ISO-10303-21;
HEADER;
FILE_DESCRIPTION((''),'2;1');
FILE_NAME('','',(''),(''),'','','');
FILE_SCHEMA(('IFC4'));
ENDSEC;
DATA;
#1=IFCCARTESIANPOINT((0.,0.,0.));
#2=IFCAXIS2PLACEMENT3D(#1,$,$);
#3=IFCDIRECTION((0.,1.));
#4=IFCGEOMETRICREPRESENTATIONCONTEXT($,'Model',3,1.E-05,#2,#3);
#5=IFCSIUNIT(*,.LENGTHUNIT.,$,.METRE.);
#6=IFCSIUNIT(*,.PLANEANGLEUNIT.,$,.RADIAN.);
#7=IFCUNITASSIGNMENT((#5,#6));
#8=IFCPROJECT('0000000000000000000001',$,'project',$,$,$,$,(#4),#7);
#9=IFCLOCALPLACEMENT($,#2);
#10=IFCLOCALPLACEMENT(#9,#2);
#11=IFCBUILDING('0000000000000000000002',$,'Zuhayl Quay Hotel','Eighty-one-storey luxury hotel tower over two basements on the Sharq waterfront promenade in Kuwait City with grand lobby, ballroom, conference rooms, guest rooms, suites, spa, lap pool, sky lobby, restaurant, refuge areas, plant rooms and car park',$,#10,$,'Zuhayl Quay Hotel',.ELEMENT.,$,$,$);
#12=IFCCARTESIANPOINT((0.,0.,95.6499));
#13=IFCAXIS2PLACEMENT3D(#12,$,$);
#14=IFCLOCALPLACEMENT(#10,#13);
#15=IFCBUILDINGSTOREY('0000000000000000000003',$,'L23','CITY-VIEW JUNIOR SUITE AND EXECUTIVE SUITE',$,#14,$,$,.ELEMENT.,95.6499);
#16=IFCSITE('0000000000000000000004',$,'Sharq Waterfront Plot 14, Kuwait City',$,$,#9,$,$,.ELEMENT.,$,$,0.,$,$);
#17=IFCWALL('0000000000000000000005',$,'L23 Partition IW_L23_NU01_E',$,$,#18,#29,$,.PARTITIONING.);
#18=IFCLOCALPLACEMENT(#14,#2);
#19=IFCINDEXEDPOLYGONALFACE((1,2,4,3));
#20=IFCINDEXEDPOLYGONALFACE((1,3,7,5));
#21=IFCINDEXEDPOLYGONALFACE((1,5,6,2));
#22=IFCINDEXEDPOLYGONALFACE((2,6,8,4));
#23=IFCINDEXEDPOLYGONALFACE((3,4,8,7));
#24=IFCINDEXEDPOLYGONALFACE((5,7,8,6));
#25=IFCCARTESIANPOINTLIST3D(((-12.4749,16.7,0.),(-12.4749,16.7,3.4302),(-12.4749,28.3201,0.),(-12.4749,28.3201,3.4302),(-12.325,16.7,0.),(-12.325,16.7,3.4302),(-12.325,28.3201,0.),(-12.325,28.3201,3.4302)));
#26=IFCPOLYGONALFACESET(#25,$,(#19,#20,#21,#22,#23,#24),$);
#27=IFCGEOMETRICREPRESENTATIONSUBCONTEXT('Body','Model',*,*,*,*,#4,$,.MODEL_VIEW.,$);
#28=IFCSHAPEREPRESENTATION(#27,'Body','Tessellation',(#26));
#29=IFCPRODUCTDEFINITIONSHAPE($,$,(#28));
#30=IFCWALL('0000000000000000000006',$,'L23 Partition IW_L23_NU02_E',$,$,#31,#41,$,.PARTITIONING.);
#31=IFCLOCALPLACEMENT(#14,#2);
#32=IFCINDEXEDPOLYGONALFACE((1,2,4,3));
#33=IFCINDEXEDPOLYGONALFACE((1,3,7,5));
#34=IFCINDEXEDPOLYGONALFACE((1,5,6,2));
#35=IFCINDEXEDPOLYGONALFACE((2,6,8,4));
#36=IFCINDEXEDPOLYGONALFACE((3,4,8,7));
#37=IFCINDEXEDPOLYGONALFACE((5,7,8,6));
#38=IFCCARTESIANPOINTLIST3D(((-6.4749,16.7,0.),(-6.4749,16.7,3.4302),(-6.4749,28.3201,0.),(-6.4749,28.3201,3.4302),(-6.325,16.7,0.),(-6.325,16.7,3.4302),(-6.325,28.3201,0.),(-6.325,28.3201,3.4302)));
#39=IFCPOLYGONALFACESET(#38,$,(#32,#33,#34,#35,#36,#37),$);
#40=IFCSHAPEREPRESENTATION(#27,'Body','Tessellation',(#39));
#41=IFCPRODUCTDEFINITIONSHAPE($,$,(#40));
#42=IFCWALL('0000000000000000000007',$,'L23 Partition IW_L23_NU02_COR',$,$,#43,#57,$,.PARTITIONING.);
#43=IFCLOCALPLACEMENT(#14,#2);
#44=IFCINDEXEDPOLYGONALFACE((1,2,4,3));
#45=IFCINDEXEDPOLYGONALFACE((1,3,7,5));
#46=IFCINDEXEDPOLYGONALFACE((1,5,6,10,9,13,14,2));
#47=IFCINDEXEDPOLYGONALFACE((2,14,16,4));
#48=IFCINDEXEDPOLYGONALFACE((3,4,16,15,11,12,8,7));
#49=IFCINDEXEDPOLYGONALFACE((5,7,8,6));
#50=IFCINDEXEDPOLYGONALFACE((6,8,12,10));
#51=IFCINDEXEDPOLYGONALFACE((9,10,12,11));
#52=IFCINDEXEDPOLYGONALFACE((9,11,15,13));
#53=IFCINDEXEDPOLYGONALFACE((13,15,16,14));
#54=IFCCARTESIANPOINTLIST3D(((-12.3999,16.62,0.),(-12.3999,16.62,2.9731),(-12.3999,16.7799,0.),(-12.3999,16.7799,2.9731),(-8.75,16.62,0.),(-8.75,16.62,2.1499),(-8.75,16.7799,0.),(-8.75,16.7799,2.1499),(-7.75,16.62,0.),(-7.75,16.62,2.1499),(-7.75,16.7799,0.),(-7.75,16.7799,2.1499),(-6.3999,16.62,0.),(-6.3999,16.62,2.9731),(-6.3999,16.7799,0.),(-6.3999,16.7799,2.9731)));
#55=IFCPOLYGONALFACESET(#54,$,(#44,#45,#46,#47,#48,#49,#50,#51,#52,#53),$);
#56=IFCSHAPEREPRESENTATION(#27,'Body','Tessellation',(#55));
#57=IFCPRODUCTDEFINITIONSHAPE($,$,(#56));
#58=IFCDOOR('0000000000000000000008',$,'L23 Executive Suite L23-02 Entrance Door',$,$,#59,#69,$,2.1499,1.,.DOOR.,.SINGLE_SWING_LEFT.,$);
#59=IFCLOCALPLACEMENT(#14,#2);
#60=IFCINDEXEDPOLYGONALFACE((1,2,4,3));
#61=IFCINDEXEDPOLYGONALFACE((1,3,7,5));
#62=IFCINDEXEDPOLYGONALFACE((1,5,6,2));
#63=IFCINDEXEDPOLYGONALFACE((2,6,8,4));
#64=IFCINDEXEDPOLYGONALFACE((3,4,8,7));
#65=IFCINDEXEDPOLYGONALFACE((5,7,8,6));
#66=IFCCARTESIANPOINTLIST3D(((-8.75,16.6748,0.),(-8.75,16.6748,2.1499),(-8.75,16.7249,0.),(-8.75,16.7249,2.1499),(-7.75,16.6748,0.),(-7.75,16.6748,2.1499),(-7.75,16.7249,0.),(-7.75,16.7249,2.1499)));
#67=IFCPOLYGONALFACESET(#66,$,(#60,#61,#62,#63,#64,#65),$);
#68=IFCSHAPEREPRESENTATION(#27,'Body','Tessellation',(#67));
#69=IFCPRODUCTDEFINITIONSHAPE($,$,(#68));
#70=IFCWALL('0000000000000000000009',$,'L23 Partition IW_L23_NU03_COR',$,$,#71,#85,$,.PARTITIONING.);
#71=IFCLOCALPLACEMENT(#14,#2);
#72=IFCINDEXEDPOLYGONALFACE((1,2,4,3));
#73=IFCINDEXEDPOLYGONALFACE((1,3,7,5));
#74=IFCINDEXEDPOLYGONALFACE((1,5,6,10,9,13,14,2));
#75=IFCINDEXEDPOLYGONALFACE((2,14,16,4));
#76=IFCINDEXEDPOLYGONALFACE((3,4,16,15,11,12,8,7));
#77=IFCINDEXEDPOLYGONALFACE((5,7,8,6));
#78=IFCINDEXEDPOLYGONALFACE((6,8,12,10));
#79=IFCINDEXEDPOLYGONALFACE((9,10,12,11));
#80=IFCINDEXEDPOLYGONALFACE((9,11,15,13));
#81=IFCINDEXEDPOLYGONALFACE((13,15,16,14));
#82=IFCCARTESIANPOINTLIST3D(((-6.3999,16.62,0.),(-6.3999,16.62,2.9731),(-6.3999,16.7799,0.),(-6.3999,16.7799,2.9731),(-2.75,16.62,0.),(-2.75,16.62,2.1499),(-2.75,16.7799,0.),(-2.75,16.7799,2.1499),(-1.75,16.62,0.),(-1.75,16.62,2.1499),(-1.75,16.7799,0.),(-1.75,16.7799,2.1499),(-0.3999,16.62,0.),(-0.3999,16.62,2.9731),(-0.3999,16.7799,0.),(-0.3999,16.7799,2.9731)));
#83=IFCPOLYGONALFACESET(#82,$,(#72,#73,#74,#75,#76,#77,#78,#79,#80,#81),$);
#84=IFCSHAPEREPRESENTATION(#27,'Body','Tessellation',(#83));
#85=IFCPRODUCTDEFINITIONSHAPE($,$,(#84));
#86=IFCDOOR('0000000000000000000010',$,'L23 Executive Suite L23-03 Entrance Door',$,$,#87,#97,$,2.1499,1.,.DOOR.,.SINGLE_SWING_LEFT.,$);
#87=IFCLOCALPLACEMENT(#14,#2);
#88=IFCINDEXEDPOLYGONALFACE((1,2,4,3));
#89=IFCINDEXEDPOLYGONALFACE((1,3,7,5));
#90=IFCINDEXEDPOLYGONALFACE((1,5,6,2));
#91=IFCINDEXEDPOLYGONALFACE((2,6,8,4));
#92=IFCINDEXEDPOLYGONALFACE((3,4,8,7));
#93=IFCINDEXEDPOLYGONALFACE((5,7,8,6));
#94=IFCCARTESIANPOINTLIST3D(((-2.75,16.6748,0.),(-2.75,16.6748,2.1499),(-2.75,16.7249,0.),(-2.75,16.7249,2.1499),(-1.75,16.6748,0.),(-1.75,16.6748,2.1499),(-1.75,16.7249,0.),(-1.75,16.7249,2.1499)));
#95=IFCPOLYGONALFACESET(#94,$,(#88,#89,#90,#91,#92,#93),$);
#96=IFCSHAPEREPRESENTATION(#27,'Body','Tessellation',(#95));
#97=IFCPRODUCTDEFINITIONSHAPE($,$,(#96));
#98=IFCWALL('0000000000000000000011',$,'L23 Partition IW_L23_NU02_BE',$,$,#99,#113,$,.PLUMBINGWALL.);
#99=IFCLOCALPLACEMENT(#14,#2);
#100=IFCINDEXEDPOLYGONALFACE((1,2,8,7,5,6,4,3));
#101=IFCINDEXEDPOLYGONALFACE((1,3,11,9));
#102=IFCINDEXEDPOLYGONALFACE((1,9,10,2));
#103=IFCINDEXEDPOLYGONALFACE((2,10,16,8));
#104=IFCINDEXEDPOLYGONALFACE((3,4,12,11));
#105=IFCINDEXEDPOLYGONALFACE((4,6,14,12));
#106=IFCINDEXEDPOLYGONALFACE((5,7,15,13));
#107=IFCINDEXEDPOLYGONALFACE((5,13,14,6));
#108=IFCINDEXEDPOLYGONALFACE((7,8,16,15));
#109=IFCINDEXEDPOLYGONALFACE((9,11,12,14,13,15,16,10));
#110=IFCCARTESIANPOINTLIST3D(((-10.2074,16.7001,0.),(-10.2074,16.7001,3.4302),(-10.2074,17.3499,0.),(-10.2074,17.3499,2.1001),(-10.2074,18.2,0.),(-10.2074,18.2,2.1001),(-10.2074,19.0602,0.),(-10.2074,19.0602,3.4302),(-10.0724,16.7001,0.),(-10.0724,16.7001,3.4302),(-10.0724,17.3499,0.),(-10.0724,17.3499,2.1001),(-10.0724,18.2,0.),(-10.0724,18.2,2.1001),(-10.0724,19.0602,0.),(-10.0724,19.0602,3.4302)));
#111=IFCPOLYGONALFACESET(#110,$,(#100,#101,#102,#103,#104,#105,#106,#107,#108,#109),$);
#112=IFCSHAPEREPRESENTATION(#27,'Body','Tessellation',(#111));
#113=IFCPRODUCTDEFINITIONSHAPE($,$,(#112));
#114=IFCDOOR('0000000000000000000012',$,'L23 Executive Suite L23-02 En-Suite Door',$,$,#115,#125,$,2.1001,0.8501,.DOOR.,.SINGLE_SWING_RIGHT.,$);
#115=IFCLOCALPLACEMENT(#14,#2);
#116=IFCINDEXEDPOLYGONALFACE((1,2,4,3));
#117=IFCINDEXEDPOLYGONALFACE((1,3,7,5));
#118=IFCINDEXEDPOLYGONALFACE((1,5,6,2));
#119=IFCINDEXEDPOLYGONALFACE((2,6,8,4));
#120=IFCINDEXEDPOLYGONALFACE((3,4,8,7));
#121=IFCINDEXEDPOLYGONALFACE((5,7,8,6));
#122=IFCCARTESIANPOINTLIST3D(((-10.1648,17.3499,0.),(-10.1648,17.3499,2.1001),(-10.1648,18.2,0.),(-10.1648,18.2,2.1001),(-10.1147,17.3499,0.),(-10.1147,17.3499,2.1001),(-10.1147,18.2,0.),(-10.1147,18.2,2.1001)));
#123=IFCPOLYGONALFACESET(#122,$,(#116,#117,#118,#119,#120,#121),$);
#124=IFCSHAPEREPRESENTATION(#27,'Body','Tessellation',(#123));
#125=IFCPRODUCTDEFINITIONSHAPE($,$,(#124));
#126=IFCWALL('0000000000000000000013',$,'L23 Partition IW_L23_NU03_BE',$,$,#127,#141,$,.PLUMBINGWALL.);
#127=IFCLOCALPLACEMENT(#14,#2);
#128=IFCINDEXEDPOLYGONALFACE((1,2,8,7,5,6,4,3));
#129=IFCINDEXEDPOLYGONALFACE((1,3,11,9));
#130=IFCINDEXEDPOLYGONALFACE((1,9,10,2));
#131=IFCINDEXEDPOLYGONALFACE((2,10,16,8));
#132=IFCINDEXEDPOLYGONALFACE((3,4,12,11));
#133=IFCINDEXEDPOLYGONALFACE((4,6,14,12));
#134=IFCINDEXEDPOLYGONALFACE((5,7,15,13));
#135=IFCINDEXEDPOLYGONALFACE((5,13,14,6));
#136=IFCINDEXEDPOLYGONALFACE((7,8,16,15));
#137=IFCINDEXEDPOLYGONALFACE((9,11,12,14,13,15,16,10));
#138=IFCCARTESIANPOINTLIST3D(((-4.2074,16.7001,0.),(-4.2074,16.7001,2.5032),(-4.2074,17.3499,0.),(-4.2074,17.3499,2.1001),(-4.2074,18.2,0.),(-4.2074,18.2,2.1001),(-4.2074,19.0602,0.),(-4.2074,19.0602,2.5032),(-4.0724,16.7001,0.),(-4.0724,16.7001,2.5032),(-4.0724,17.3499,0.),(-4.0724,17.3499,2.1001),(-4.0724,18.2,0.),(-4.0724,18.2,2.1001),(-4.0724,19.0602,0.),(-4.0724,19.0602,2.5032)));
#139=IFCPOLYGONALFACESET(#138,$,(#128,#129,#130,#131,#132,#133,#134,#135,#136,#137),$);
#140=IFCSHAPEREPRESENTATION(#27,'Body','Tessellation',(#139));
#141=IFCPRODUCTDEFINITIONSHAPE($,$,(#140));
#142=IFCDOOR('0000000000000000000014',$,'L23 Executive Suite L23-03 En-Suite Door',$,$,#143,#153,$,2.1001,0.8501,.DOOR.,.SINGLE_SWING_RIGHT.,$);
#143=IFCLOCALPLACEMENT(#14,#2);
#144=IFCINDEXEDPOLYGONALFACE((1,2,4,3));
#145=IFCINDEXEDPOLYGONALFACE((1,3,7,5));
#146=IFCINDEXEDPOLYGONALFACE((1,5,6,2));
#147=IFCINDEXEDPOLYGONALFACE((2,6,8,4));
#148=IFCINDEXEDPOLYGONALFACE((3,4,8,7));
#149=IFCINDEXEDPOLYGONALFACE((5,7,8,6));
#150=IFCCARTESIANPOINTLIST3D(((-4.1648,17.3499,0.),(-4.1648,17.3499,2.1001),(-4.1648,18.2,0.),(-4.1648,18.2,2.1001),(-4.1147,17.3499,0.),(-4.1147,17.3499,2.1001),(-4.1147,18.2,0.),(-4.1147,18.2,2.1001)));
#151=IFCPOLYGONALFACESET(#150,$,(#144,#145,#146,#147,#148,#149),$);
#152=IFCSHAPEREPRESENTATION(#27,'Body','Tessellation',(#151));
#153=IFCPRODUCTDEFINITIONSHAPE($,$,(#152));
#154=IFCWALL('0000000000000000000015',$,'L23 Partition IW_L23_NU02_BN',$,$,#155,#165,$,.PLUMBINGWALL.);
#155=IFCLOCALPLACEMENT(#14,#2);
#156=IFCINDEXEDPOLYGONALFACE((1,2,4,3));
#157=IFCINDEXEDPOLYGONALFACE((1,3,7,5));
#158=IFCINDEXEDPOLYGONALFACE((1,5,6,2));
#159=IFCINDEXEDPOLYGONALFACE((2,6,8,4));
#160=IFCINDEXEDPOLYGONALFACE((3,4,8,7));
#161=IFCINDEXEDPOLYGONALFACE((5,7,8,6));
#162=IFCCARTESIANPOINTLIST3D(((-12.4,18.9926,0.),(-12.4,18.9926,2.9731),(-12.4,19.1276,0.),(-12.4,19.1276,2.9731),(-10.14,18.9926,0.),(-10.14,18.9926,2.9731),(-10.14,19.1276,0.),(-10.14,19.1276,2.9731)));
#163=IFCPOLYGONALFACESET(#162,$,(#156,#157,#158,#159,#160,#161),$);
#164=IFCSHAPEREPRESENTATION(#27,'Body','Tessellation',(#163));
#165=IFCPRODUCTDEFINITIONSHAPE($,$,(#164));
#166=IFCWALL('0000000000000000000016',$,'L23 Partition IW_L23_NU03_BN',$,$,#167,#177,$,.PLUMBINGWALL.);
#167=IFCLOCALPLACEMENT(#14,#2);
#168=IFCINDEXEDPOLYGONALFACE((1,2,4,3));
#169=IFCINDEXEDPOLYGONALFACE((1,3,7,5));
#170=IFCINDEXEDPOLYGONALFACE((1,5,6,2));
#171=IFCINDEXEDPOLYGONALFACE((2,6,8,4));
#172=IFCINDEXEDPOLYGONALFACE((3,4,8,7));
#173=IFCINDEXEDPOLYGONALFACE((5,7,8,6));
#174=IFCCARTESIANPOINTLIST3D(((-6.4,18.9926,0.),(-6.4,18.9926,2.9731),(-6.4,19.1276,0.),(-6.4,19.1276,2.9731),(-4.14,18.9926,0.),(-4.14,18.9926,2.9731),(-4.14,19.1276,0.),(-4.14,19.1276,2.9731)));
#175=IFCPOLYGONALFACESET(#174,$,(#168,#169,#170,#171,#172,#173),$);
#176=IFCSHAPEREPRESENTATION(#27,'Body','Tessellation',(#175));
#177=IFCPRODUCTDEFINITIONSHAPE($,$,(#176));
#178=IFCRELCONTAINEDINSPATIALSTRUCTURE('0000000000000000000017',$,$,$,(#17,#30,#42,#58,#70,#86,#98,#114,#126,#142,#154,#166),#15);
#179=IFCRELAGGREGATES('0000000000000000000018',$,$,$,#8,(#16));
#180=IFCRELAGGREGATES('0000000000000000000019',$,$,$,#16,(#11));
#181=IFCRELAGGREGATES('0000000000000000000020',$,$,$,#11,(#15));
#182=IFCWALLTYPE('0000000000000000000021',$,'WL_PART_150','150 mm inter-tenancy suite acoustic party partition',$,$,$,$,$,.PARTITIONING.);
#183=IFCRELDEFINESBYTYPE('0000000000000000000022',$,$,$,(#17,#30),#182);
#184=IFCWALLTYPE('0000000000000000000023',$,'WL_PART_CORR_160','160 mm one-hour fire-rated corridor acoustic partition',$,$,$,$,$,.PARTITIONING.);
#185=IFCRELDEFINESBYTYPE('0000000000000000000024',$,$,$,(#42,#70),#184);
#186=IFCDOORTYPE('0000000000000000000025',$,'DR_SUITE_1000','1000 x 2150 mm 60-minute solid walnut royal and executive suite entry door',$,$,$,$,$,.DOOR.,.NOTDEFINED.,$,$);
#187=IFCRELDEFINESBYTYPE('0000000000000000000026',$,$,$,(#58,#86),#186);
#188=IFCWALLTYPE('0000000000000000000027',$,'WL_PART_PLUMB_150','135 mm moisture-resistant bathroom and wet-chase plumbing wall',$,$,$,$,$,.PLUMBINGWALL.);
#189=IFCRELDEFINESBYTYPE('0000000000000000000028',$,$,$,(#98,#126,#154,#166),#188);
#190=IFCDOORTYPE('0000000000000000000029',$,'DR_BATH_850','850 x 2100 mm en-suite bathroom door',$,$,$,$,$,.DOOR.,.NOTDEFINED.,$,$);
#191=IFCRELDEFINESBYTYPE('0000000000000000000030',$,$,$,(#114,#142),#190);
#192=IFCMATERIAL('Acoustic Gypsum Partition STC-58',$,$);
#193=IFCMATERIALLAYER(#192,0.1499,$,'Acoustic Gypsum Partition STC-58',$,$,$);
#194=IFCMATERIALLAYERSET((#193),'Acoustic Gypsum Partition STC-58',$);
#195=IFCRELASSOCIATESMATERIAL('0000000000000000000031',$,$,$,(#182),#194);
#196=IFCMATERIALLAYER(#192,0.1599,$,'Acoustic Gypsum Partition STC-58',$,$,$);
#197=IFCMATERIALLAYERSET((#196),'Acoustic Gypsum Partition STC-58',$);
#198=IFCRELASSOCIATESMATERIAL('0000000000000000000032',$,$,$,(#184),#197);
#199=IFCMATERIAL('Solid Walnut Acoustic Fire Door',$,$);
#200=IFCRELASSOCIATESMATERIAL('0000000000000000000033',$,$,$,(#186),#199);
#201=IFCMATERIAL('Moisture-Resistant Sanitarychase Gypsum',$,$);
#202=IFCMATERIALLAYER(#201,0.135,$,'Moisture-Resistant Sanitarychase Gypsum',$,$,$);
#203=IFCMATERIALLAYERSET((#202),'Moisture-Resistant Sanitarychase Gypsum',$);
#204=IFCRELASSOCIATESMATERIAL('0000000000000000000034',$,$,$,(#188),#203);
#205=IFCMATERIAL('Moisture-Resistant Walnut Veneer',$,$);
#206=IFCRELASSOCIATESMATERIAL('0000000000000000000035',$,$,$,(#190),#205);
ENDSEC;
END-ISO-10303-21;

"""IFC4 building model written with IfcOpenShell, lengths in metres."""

from ifc_helpers import new_model, si_unit, direction, frame, frame_2d, origin, place, context, subcontext, project, spatial, rectangle, extrude, material, layer, layer_set, type_object, element, fill, save


model = new_model("IFC4")

# Units and contexts
model_context = context("Model", 3, precision=1e-05, world=origin(), true_north=direction((0.0, 1.0)))
body_context = subcontext(model_context, "Body", "Model", "MODEL_VIEW")
ifc_project = project(units=[si_unit("LENGTHUNIT", "METRE"), si_unit("PLANEANGLEUNIT", "RADIAN")], contexts=[model_context])

# Site, building, storey
site_placement = place(None, origin())
site = spatial("IfcSite", under=ifc_project, at=site_placement, Name="Sharq Waterfront Plot 14, Kuwait City", CompositionType="ELEMENT", RefElevation=0.0)
building_placement = place(site_placement, origin())
building = spatial("IfcBuilding", under=site, at=building_placement, Name="Zuhayl Quay Hotel", Description="Eighty-one-storey luxury hotel tower over two basements on the Sharq waterfront promenade in Kuwait City with grand lobby, ballroom, conference rooms, guest rooms, suites, spa, lap pool, sky lobby, restaurant, refuge areas, plant rooms and car park", LongName="Zuhayl Quay Hotel", CompositionType="ELEMENT")
storey_placement = place(building_placement, frame((0.0, 0.0, 95.6499)))
storey = spatial("IfcBuildingStorey", under=building, at=storey_placement, Name="L23", Description="CITY-VIEW JUNIOR SUITE AND EXECUTIVE SUITE", CompositionType="ELEMENT", Elevation=95.6499)

# Walls
ifc_material_1 = material(Name="Acoustic Gypsum Partition STC-58")
ifc_layer_1 = layer(ifc_material_1, 0.1499, Name="Acoustic Gypsum Partition STC-58")
ifc_layer_set_1 = layer_set([ifc_layer_1], Name="Acoustic Gypsum Partition STC-58")
wall_type_1 = type_object("IfcWallType", Name="WL_PART_150", Description="150 mm inter-tenancy suite acoustic party partition", PredefinedType="PARTITIONING", material=ifc_layer_set_1)
for number, where, z_axis, x_axis, name in (
    (1, (-12.3999, 16.7, 0.0), (0.0, 0.0, 1.0), (0.0, 1.0, 0.0), "L23 Partition IW_L23_NU01_E"),
    (2, (-6.3999, 16.7, 0.0), (0.0, 0.0, 1.0), (0.0, 1.0, 0.0), "L23 Partition IW_L23_NU02_E"),
):
    element("IfcWall", number, at=place(storey_placement, frame(where, z_axis=z_axis, x_axis=x_axis)), inside=storey, type_object=wall_type_1, Name=name, PredefinedType="PARTITIONING", context=body_context, shape_type="SweptSolid", body=[
        extrude(rectangle(XDim=11.6201, YDim=0.1499, at=frame_2d((5.8101, 0.0))), origin(), (0.0, 0.0, 1.0), 3.4302),
    ])

# Walls, openings, doors
ifc_layer_2 = layer(ifc_material_1, 0.1599, Name="Acoustic Gypsum Partition STC-58")
ifc_layer_set_2 = layer_set([ifc_layer_2], Name="Acoustic Gypsum Partition STC-58")
wall_type_2 = type_object("IfcWallType", Name="WL_PART_CORR_160", Description="160 mm one-hour fire-rated corridor acoustic partition", PredefinedType="PARTITIONING", material=ifc_layer_set_2)
wall_1_placement = place(storey_placement, frame((-12.3999, 16.7, 0.0), z_axis=(0.0, 0.0, 1.0), x_axis=(1.0, 0.0, 0.0)))
wall_1 = element("IfcWall", 3, at=wall_1_placement, inside=storey, type_object=wall_type_2, Name="L23 Partition IW_L23_NU02_COR", PredefinedType="PARTITIONING", context=body_context, shape_type="SweptSolid", body=[
    extrude(rectangle(XDim=6.0, YDim=0.1599, at=frame_2d((3.0, 0.0))), origin(), (0.0, 0.0, 1.0), 2.9731),
])
opening_1_placement = place(wall_1_placement, frame((3.6499, 0.0, 0.0)))
opening_1 = element("IfcOpeningElement", 4, at=opening_1_placement, cuts=wall_1, PredefinedType="OPENING", context=body_context, shape_type="SweptSolid", body=[
    extrude(rectangle(XDim=1.0, YDim=2.1499, at=frame_2d((0.5, 1.075))), frame((0.0, 0.0898, 0.0), z_axis=(0.0, -1.0, 0.0), x_axis=(1.0, 0.0, 0.0)), (0.0, 0.0, 1.0), 0.1799),
])
ifc_material_2 = material(Name="Solid Walnut Acoustic Fire Door")
door_type_1 = type_object("IfcDoorType", Name="DR_SUITE_1000", Description="1000 x 2150 mm 60-minute solid walnut royal and executive suite entry door", OperationType="NOTDEFINED", PredefinedType="DOOR", material=ifc_material_2)
door_1_placement = place(opening_1_placement, origin())
door_1 = element("IfcDoor", 5, at=door_1_placement, inside=storey, type_object=door_type_1, Name="L23 Executive Suite L23-02 Entrance Door", OperationType="SINGLE_SWING_LEFT", OverallHeight=2.1499, OverallWidth=1.0, PredefinedType="DOOR", context=body_context, shape_type="SweptSolid", body=[
    extrude(rectangle(XDim=1.0, YDim=2.1499, at=frame_2d((0.5, 1.075))), frame((0.0, 0.0249, 0.0), z_axis=(0.0, -1.0, 0.0), x_axis=(1.0, 0.0, 0.0)), (0.0, 0.0, 1.0), 0.05),
])
fill(opening_1, door_1)
wall_2_placement = place(storey_placement, frame((-6.3999, 16.7, 0.0), z_axis=(0.0, 0.0, 1.0), x_axis=(1.0, 0.0, 0.0)))
wall_2 = element("IfcWall", 6, at=wall_2_placement, inside=storey, type_object=wall_type_2, Name="L23 Partition IW_L23_NU03_COR", PredefinedType="PARTITIONING", context=body_context, shape_type="SweptSolid", body=[
    extrude(rectangle(XDim=6.0, YDim=0.1599, at=frame_2d((3.0, 0.0))), origin(), (0.0, 0.0, 1.0), 2.9731),
])
opening_2_placement = place(wall_2_placement, frame((3.6499, 0.0, 0.0)))
opening_2 = element("IfcOpeningElement", 7, at=opening_2_placement, cuts=wall_2, PredefinedType="OPENING", context=body_context, shape_type="SweptSolid", body=[
    extrude(rectangle(XDim=1.0, YDim=2.1499, at=frame_2d((0.5, 1.075))), frame((0.0, 0.0898, 0.0), z_axis=(0.0, -1.0, 0.0), x_axis=(1.0, 0.0, 0.0)), (0.0, 0.0, 1.0), 0.1799),
])
door_2_placement = place(opening_2_placement, origin())
door_2 = element("IfcDoor", 8, at=door_2_placement, inside=storey, type_object=door_type_1, Name="L23 Executive Suite L23-03 Entrance Door", OperationType="SINGLE_SWING_LEFT", OverallHeight=2.1499, OverallWidth=1.0, PredefinedType="DOOR", context=body_context, shape_type="SweptSolid", body=[
    extrude(rectangle(XDim=1.0, YDim=2.1499, at=frame_2d((0.5, 1.075))), frame((0.0, 0.0249, 0.0), z_axis=(0.0, -1.0, 0.0), x_axis=(1.0, 0.0, 0.0)), (0.0, 0.0, 1.0), 0.05),
])
fill(opening_2, door_2)
ifc_material_3 = material(Name="Moisture-Resistant Sanitarychase Gypsum")
ifc_layer_3 = layer(ifc_material_3, 0.135, Name="Moisture-Resistant Sanitarychase Gypsum")
ifc_layer_set_3 = layer_set([ifc_layer_3], Name="Moisture-Resistant Sanitarychase Gypsum")
wall_type_3 = type_object("IfcWallType", Name="WL_PART_PLUMB_150", Description="135 mm moisture-resistant bathroom and wet-chase plumbing wall", PredefinedType="PLUMBINGWALL", material=ifc_layer_set_3)
wall_3_placement = place(storey_placement, frame((-10.1399, 16.7, 0.0), z_axis=(0.0, 0.0, 1.0), x_axis=(0.0, 1.0, 0.0)))
wall_3 = element("IfcWall", 9, at=wall_3_placement, inside=storey, type_object=wall_type_3, Name="L23 Partition IW_L23_NU02_BE", PredefinedType="PLUMBINGWALL", context=body_context, shape_type="SweptSolid", body=[
    extrude(rectangle(XDim=2.3601, YDim=0.135, at=frame_2d((1.1802, 0.0))), origin(), (0.0, 0.0, 1.0), 3.4302),
])
opening_3_placement = place(wall_3_placement, frame((0.6499, 0.0, 0.0)))
opening_3 = element("IfcOpeningElement", 10, at=opening_3_placement, cuts=wall_3, PredefinedType="OPENING", context=body_context, shape_type="SweptSolid", body=[
    extrude(rectangle(XDim=0.8501, YDim=2.1001, at=frame_2d((0.425, 1.05))), frame((0.0, 0.0774, 0.0), z_axis=(0.0, -1.0, 0.0), x_axis=(1.0, 0.0, 0.0)), (0.0, 0.0, 1.0), 0.155),
])
ifc_material_4 = material(Name="Moisture-Resistant Walnut Veneer")
door_type_2 = type_object("IfcDoorType", Name="DR_BATH_850", Description="850 x 2100 mm en-suite bathroom door", OperationType="NOTDEFINED", PredefinedType="DOOR", material=ifc_material_4)
door_3_placement = place(opening_3_placement, origin())
door_3 = element("IfcDoor", 11, at=door_3_placement, inside=storey, type_object=door_type_2, Name="L23 Executive Suite L23-02 En-Suite Door", OperationType="SINGLE_SWING_RIGHT", OverallHeight=2.1001, OverallWidth=0.8501, PredefinedType="DOOR", context=body_context, shape_type="SweptSolid", body=[
    extrude(rectangle(XDim=0.8501, YDim=2.1001, at=frame_2d((0.425, 1.05))), frame((0.0, 0.0249, 0.0), z_axis=(0.0, -1.0, 0.0), x_axis=(1.0, 0.0, 0.0)), (0.0, 0.0, 1.0), 0.05),
])
fill(opening_3, door_3)
wall_4_placement = place(storey_placement, frame((-4.1399, 16.7, 0.0), z_axis=(0.0, 0.0, 1.0), x_axis=(0.0, 1.0, 0.0)))
wall_4 = element("IfcWall", 12, at=wall_4_placement, inside=storey, type_object=wall_type_3, Name="L23 Partition IW_L23_NU03_BE", PredefinedType="PLUMBINGWALL", context=body_context, shape_type="SweptSolid", body=[
    extrude(rectangle(XDim=2.3601, YDim=0.135, at=frame_2d((1.1802, 0.0))), origin(), (0.0, 0.0, 1.0), 2.5032),
])
opening_4_placement = place(wall_4_placement, frame((0.6499, 0.0, 0.0)))
opening_4 = element("IfcOpeningElement", 13, at=opening_4_placement, cuts=wall_4, PredefinedType="OPENING", context=body_context, shape_type="SweptSolid", body=[
    extrude(rectangle(XDim=0.8501, YDim=2.1001, at=frame_2d((0.425, 1.05))), frame((0.0, 0.0774, 0.0), z_axis=(0.0, -1.0, 0.0), x_axis=(1.0, 0.0, 0.0)), (0.0, 0.0, 1.0), 0.155),
])
door_4_placement = place(opening_4_placement, origin())
door_4 = element("IfcDoor", 14, at=door_4_placement, inside=storey, type_object=door_type_2, Name="L23 Executive Suite L23-03 En-Suite Door", OperationType="SINGLE_SWING_RIGHT", OverallHeight=2.1001, OverallWidth=0.8501, PredefinedType="DOOR", context=body_context, shape_type="SweptSolid", body=[
    extrude(rectangle(XDim=0.8501, YDim=2.1001, at=frame_2d((0.425, 1.05))), frame((0.0, 0.0249, 0.0), z_axis=(0.0, -1.0, 0.0), x_axis=(1.0, 0.0, 0.0)), (0.0, 0.0, 1.0), 0.05),
])
fill(opening_4, door_4)

# Walls
for number, where, z_axis, x_axis, name in (
    (15, (-12.3999, 19.0601, 0.0), (0.0, 0.0, 1.0), (1.0, 0.0, 0.0), "L23 Partition IW_L23_NU02_BN"),
    (16, (-6.3999, 19.0601, 0.0), (0.0, 0.0, 1.0), (1.0, 0.0, 0.0), "L23 Partition IW_L23_NU03_BN"),
):
    element("IfcWall", number, at=place(storey_placement, frame(where, z_axis=z_axis, x_axis=x_axis)), inside=storey, type_object=wall_type_3, Name=name, PredefinedType="PLUMBINGWALL", context=body_context, shape_type="SweptSolid", body=[
        extrude(rectangle(XDim=2.26, YDim=0.135, at=frame_2d((1.1299, 0.0))), origin(), (0.0, 0.0, 1.0), 2.9731),
    ])

save(model, "model.ifc")
